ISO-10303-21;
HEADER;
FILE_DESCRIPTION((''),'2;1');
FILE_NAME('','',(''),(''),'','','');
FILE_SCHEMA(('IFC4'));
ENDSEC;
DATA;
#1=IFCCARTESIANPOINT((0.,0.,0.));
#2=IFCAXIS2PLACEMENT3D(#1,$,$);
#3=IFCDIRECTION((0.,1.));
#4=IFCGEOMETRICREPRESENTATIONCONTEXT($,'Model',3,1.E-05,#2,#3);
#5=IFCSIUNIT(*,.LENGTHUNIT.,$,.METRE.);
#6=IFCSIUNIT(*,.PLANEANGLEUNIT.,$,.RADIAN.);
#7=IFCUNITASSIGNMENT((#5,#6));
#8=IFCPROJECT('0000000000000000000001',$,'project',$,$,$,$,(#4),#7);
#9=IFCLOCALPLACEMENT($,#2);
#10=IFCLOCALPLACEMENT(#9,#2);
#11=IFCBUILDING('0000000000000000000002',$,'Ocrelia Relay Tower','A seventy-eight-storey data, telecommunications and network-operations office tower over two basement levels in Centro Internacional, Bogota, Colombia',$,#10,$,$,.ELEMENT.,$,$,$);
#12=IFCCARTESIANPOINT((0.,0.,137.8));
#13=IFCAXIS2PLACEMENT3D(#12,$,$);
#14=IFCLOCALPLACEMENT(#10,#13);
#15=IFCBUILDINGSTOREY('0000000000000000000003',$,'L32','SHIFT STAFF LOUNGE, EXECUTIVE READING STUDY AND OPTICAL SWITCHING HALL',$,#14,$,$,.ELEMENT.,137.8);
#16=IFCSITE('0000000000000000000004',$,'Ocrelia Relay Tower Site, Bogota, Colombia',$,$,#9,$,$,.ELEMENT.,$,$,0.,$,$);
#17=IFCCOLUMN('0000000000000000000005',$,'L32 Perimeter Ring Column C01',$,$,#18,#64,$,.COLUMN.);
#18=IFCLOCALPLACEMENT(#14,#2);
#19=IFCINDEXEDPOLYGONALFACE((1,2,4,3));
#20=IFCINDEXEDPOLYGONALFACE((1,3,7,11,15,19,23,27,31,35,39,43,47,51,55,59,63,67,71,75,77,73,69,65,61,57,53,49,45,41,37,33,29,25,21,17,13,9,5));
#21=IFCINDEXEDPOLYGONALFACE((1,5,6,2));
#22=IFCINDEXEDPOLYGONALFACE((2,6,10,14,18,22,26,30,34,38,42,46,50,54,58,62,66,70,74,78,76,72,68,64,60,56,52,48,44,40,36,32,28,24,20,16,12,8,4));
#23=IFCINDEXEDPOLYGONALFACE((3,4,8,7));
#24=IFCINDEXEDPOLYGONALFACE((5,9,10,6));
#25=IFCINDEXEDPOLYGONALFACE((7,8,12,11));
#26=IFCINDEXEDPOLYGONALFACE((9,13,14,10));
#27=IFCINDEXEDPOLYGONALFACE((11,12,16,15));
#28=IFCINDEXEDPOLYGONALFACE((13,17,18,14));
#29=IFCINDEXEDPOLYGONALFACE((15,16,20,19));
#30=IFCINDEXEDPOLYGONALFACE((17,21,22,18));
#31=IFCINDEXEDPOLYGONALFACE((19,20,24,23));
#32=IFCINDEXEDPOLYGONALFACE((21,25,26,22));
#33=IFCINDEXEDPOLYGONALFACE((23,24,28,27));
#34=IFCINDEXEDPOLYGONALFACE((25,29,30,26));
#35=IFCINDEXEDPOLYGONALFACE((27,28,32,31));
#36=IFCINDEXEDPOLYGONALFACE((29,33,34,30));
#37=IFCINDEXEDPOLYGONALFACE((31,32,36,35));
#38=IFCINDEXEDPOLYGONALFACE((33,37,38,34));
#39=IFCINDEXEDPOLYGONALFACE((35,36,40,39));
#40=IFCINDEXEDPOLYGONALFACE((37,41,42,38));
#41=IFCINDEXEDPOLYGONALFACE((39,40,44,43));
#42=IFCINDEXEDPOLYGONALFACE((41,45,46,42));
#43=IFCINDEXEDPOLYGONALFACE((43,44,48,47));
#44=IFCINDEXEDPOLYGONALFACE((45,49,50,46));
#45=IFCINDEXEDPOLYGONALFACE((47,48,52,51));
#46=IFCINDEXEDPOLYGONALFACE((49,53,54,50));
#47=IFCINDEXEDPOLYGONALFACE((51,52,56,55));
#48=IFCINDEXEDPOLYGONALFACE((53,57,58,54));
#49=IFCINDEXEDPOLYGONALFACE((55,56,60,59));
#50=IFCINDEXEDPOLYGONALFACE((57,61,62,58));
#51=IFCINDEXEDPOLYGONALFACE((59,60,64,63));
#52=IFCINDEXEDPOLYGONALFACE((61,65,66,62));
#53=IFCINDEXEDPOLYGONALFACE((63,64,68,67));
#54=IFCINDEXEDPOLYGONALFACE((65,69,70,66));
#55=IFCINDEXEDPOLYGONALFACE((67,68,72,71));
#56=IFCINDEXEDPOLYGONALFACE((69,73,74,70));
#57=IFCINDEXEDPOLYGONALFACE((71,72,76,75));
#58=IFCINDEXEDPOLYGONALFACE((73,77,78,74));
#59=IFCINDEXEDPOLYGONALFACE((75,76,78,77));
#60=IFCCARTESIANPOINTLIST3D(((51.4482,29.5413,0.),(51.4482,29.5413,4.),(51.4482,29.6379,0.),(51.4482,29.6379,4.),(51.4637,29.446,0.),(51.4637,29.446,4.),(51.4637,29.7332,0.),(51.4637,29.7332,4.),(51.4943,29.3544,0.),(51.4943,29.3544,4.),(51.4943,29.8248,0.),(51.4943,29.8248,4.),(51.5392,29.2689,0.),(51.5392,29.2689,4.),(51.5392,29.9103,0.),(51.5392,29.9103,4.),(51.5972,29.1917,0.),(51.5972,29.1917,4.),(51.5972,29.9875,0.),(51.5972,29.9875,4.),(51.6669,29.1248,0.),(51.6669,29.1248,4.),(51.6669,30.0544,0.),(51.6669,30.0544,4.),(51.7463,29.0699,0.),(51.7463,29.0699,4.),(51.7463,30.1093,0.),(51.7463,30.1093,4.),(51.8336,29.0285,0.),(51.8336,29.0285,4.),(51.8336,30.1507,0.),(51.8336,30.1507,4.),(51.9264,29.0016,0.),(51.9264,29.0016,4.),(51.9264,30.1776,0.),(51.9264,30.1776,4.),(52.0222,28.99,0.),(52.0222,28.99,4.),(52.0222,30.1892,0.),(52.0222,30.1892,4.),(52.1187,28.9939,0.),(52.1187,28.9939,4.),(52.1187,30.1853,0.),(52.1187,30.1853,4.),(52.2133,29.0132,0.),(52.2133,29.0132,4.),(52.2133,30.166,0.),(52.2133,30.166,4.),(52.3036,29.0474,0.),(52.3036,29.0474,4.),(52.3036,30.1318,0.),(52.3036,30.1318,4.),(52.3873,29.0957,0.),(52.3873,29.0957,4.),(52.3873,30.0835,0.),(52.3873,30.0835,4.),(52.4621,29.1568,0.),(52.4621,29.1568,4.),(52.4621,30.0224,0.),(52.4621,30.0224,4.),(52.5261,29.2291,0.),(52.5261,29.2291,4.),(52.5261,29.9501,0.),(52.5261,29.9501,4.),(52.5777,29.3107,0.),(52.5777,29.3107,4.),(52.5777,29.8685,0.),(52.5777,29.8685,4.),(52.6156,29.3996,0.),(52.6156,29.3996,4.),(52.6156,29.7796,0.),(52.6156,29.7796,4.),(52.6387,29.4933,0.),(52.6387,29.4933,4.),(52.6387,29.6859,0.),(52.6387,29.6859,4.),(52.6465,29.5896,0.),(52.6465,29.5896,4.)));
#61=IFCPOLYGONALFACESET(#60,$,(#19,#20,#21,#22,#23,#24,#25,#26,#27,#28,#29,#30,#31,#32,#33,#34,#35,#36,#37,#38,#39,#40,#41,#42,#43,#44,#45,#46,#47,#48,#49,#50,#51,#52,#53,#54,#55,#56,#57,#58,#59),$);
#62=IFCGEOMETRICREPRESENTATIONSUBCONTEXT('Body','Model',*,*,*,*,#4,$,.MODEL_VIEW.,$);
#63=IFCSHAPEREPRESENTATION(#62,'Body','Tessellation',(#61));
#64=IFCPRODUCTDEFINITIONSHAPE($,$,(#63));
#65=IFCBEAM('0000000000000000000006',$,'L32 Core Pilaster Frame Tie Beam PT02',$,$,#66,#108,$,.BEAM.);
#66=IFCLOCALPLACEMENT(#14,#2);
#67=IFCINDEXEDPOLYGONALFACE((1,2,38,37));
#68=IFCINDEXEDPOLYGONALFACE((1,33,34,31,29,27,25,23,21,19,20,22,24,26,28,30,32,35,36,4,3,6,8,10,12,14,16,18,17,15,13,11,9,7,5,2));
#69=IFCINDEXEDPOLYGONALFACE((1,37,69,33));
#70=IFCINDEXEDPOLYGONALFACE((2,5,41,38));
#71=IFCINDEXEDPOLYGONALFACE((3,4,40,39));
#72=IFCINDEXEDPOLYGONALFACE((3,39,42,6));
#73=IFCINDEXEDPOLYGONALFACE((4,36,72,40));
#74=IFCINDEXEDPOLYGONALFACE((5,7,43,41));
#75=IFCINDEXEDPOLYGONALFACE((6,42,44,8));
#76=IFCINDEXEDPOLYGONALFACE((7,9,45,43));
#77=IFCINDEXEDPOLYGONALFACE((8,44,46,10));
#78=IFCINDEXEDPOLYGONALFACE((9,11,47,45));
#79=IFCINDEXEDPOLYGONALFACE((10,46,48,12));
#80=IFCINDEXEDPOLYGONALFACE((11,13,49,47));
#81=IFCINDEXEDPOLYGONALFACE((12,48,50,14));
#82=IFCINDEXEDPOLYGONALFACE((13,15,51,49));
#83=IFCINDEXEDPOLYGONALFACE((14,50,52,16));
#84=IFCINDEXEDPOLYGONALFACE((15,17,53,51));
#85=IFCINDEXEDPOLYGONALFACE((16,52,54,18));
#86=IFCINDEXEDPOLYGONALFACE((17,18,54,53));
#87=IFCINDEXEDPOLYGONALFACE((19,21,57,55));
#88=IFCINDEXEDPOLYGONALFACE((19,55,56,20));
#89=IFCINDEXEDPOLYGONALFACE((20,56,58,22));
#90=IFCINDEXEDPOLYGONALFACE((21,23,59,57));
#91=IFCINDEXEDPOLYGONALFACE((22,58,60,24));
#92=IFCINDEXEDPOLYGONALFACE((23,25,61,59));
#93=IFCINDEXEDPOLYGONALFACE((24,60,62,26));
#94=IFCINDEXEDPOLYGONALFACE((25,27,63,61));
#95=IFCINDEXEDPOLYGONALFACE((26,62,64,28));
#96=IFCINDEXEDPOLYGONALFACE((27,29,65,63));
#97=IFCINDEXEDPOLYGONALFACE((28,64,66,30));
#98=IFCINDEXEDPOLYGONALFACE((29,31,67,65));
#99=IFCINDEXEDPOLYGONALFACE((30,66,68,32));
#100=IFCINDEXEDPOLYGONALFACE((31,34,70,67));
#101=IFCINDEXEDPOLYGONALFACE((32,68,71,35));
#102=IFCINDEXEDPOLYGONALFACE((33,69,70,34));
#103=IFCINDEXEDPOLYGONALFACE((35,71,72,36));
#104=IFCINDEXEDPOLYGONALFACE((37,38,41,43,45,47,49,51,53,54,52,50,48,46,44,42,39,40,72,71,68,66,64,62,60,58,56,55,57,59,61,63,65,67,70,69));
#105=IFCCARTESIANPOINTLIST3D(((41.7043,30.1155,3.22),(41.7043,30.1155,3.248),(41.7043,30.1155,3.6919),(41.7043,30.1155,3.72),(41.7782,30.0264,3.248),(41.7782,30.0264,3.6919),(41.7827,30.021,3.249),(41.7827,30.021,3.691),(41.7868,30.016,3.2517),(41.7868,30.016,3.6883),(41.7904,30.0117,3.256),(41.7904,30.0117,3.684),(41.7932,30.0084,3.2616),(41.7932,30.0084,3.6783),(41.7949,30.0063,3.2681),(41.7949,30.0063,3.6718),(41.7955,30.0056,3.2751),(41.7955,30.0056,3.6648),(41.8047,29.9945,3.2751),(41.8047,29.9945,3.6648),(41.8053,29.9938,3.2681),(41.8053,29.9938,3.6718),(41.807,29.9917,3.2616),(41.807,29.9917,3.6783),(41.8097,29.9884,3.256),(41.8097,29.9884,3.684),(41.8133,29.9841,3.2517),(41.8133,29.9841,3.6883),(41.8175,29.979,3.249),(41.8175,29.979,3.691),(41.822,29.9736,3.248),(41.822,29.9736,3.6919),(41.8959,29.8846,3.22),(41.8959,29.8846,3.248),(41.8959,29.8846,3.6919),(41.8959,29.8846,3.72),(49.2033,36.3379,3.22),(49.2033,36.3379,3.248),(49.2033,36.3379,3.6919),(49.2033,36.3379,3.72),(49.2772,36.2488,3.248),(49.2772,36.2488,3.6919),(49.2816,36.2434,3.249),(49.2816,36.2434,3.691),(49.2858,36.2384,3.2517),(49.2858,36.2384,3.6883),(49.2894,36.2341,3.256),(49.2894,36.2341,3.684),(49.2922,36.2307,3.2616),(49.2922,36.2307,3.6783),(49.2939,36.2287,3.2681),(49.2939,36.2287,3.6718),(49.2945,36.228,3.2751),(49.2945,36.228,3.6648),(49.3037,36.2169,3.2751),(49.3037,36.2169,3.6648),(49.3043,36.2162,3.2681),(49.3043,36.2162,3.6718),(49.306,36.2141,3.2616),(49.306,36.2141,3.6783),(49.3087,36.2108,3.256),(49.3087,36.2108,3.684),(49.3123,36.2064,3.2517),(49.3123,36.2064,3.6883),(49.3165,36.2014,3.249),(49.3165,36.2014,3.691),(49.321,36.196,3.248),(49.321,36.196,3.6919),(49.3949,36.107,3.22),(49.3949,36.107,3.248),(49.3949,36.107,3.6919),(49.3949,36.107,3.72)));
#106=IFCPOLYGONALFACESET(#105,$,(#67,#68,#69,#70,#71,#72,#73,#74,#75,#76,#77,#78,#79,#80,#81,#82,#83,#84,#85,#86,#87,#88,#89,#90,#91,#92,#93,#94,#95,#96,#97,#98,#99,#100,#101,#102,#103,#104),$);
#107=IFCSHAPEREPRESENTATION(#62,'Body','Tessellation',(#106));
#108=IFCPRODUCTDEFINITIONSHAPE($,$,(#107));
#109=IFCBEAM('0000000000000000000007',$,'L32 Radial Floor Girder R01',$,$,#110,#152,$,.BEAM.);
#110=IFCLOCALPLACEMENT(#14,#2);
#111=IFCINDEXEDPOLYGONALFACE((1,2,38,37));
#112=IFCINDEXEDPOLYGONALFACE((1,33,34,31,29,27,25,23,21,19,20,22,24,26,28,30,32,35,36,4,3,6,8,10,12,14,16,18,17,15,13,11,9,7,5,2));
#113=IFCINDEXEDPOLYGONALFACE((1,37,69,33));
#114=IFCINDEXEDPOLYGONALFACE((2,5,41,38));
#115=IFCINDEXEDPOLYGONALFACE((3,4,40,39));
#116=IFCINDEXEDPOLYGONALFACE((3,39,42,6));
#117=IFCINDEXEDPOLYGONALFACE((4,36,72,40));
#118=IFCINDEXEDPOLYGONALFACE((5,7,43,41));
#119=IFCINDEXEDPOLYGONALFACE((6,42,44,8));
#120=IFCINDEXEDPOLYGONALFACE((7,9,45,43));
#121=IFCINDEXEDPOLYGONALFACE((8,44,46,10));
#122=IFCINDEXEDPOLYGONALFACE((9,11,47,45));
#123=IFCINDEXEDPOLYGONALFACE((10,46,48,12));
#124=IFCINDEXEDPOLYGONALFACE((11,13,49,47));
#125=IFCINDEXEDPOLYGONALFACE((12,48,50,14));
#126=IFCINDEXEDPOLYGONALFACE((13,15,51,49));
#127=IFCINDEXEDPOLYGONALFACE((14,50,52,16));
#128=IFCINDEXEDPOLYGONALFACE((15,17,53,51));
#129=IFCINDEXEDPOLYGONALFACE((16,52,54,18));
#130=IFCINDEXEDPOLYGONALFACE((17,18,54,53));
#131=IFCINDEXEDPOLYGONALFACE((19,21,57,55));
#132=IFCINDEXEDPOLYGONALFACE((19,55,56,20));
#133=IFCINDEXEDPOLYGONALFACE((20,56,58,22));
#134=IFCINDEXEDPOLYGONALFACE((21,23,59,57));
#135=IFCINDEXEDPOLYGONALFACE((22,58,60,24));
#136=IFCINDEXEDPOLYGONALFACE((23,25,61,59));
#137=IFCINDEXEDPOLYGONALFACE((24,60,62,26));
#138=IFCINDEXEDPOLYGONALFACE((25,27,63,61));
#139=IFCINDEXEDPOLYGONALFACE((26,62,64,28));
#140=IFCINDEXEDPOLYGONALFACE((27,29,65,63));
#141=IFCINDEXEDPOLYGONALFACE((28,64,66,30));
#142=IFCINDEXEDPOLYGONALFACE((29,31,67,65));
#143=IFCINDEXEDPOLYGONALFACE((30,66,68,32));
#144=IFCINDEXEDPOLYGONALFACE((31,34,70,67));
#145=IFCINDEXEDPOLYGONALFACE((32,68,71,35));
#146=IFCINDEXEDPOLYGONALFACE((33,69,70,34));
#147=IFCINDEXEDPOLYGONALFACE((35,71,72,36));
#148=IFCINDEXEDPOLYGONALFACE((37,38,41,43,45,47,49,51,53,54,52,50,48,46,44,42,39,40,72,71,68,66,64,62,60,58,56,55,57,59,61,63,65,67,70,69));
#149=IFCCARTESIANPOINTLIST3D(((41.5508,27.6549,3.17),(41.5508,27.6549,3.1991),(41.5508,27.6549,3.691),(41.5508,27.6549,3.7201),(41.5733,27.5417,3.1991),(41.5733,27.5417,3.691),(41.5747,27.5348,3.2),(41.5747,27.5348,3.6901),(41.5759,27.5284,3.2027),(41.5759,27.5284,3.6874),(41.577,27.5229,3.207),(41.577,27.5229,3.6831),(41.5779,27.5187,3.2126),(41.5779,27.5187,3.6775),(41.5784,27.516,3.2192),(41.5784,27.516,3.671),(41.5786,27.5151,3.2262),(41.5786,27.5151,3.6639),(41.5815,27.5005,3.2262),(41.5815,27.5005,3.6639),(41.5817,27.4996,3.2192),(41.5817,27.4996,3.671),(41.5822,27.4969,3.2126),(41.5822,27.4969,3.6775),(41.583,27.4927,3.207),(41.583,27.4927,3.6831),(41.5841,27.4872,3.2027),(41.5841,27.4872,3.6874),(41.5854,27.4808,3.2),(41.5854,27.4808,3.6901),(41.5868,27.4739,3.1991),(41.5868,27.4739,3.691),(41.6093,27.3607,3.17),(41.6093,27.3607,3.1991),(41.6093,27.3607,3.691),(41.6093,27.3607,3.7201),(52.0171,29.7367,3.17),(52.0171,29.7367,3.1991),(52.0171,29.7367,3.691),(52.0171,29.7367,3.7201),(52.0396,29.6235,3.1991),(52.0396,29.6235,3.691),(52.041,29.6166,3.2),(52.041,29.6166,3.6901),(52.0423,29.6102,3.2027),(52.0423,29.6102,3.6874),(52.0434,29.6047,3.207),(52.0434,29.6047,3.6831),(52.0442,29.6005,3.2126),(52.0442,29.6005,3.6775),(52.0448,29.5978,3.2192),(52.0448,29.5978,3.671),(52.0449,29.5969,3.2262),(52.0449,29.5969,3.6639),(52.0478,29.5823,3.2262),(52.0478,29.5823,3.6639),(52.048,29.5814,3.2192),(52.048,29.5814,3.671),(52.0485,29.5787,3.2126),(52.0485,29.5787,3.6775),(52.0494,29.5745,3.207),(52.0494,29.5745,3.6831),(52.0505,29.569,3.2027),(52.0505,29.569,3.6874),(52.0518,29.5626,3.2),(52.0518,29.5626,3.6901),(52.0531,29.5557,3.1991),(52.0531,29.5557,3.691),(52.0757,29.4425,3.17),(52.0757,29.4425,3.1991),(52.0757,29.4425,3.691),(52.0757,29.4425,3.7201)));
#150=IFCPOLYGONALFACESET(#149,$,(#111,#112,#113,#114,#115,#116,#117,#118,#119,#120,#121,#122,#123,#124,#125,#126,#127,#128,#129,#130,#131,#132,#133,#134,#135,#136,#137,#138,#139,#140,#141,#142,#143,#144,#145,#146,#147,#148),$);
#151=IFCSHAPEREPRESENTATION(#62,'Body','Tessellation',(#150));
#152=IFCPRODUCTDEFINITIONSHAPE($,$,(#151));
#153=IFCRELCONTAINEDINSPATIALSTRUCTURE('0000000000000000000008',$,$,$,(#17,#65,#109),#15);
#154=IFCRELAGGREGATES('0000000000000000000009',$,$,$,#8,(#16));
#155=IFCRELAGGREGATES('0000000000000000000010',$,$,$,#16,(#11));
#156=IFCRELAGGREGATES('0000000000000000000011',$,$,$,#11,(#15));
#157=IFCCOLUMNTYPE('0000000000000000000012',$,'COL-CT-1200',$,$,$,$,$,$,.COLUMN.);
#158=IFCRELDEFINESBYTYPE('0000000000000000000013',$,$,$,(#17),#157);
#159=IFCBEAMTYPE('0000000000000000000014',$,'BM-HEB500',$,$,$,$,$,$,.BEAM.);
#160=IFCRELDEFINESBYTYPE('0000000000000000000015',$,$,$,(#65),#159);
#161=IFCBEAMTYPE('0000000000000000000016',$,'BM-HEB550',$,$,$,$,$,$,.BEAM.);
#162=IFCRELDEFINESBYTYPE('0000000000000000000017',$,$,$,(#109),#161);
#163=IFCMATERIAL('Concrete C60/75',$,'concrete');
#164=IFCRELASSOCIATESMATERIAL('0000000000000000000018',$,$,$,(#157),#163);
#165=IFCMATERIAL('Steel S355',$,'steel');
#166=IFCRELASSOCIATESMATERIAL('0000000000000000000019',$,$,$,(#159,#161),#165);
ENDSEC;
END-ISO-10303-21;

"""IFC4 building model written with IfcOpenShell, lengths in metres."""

from ifc_helpers import new_model, si_unit, direction, frame, origin, origin_2d, place, context, subcontext, project, spatial, circle, i_section, extrude, material, material_profile, profile_set, type_object, element, save


model = new_model("IFC4")

# Units and contexts
model_context = context("Model", 3, precision=1e-05, world=origin(), true_north=direction((0.0, 1.0)))
body_context = subcontext(model_context, "Body", "Model", "MODEL_VIEW")
ifc_project = project(units=[si_unit("LENGTHUNIT", "METRE"), si_unit("PLANEANGLEUNIT", "RADIAN")], contexts=[model_context])

# Site, building, storey
site_placement = place(None, origin())
site = spatial("IfcSite", under=ifc_project, at=site_placement, Name="Ocrelia Relay Tower Site, Bogota, Colombia", CompositionType="ELEMENT", RefElevation=0.0)
building_placement = place(site_placement, origin())
building = spatial("IfcBuilding", under=site, at=building_placement, Name="Ocrelia Relay Tower", Description="A seventy-eight-storey data, telecommunications and network-operations office tower over two basement levels in Centro Internacional, Bogota, Colombia", CompositionType="ELEMENT")
storey_placement = place(building_placement, frame((0.0, 0.0, 137.8)))
storey = spatial("IfcBuildingStorey", under=building, at=storey_placement, Name="L32", Description="SHIFT STAFF LOUNGE, EXECUTIVE READING STUDY AND OPTICAL SWITCHING HALL", CompositionType="ELEMENT", Elevation=137.8)

# Column
ifc_material_1 = material(Name="Concrete C60/75", Category="concrete")
ifc_material_profile_1 = material_profile(ifc_material_1, circle(Radius=0.6001, at=origin_2d()), Name="RC-CIR-1200")
ifc_profile_set_1 = profile_set([ifc_material_profile_1], Name="Concrete C60/75")
column_type = type_object("IfcColumnType", Name="COL-CT-1200", PredefinedType="COLUMN", material=ifc_profile_set_1)
column_placement = place(storey_placement, frame((52.0464, 29.5896, 0.0), z_axis=(0.0, 0.0, 1.0), x_axis=(1.0, 0.0, 0.0)))
element("IfcColumn", 1, at=column_placement, inside=storey, type_object=column_type, Name="L32 Perimeter Ring Column C01", PredefinedType="COLUMN", context=body_context, shape_type="SweptSolid", body=[
    extrude(circle(Radius=0.6001, at=origin_2d()), origin(), (0.0, 0.0, 1.0), 4.0),
])

# Beams
ifc_material_2 = material(Name="Steel S355", Category="steel")
ifc_material_profile_2 = material_profile(ifc_material_2, i_section(OverallWidth=0.3, OverallDepth=0.5, WebThickness=0.0144, FlangeThickness=0.0281, FilletRadius=0.0271, at=origin_2d()), Name="HEB 500")
ifc_profile_set_2 = profile_set([ifc_material_profile_2], Name="Steel S355")
beam_type_1 = type_object("IfcBeamType", Name="BM-HEB500", PredefinedType="BEAM", material=ifc_profile_set_2)
beam_1_placement = place(storey_placement, frame((49.2991, 36.2224, 3.47), z_axis=(-0.769571, -0.638561, 0.0), x_axis=(0.638561, -0.769571, 0.0)))
element("IfcBeam", 2, at=beam_1_placement, inside=storey, type_object=beam_type_1, Name="L32 Core Pilaster Frame Tie Beam PT02", PredefinedType="BEAM", context=body_context, shape_type="SweptSolid", body=[
    extrude(i_section(OverallWidth=0.3, OverallDepth=0.5, WebThickness=0.0144, FlangeThickness=0.0281, FilletRadius=0.0271, at=origin_2d()), origin(), (0.0, 0.0, 1.0), 9.7444),
])
ifc_material_profile_3 = material_profile(ifc_material_2, i_section(OverallWidth=0.3, OverallDepth=0.55, WebThickness=0.0149, FlangeThickness=0.0291, FilletRadius=0.0271, at=origin_2d()), Name="HEB 550")
ifc_profile_set_3 = profile_set([ifc_material_profile_3], Name="Steel S355")
beam_type_2 = type_object("IfcBeamType", Name="BM-HEB550", PredefinedType="BEAM", material=ifc_profile_set_3)
beam_2_placement = place(storey_placement, frame((52.0464, 29.5896, 3.4451), z_axis=(-0.980787, -0.195082, 0.0), x_axis=(0.195082, -0.980787, 0.0)))
element("IfcBeam", 3, at=beam_2_placement, inside=storey, type_object=beam_type_2, Name="L32 Radial Floor Girder R01", PredefinedType="BEAM", context=body_context, shape_type="SweptSolid", body=[
    extrude(i_section(OverallWidth=0.3, OverallDepth=0.55, WebThickness=0.0149, FlangeThickness=0.0291, FilletRadius=0.0271, at=origin_2d()), origin(), (0.0, 0.0, 1.0), 10.6714),
])

save(model, "model.ifc")
